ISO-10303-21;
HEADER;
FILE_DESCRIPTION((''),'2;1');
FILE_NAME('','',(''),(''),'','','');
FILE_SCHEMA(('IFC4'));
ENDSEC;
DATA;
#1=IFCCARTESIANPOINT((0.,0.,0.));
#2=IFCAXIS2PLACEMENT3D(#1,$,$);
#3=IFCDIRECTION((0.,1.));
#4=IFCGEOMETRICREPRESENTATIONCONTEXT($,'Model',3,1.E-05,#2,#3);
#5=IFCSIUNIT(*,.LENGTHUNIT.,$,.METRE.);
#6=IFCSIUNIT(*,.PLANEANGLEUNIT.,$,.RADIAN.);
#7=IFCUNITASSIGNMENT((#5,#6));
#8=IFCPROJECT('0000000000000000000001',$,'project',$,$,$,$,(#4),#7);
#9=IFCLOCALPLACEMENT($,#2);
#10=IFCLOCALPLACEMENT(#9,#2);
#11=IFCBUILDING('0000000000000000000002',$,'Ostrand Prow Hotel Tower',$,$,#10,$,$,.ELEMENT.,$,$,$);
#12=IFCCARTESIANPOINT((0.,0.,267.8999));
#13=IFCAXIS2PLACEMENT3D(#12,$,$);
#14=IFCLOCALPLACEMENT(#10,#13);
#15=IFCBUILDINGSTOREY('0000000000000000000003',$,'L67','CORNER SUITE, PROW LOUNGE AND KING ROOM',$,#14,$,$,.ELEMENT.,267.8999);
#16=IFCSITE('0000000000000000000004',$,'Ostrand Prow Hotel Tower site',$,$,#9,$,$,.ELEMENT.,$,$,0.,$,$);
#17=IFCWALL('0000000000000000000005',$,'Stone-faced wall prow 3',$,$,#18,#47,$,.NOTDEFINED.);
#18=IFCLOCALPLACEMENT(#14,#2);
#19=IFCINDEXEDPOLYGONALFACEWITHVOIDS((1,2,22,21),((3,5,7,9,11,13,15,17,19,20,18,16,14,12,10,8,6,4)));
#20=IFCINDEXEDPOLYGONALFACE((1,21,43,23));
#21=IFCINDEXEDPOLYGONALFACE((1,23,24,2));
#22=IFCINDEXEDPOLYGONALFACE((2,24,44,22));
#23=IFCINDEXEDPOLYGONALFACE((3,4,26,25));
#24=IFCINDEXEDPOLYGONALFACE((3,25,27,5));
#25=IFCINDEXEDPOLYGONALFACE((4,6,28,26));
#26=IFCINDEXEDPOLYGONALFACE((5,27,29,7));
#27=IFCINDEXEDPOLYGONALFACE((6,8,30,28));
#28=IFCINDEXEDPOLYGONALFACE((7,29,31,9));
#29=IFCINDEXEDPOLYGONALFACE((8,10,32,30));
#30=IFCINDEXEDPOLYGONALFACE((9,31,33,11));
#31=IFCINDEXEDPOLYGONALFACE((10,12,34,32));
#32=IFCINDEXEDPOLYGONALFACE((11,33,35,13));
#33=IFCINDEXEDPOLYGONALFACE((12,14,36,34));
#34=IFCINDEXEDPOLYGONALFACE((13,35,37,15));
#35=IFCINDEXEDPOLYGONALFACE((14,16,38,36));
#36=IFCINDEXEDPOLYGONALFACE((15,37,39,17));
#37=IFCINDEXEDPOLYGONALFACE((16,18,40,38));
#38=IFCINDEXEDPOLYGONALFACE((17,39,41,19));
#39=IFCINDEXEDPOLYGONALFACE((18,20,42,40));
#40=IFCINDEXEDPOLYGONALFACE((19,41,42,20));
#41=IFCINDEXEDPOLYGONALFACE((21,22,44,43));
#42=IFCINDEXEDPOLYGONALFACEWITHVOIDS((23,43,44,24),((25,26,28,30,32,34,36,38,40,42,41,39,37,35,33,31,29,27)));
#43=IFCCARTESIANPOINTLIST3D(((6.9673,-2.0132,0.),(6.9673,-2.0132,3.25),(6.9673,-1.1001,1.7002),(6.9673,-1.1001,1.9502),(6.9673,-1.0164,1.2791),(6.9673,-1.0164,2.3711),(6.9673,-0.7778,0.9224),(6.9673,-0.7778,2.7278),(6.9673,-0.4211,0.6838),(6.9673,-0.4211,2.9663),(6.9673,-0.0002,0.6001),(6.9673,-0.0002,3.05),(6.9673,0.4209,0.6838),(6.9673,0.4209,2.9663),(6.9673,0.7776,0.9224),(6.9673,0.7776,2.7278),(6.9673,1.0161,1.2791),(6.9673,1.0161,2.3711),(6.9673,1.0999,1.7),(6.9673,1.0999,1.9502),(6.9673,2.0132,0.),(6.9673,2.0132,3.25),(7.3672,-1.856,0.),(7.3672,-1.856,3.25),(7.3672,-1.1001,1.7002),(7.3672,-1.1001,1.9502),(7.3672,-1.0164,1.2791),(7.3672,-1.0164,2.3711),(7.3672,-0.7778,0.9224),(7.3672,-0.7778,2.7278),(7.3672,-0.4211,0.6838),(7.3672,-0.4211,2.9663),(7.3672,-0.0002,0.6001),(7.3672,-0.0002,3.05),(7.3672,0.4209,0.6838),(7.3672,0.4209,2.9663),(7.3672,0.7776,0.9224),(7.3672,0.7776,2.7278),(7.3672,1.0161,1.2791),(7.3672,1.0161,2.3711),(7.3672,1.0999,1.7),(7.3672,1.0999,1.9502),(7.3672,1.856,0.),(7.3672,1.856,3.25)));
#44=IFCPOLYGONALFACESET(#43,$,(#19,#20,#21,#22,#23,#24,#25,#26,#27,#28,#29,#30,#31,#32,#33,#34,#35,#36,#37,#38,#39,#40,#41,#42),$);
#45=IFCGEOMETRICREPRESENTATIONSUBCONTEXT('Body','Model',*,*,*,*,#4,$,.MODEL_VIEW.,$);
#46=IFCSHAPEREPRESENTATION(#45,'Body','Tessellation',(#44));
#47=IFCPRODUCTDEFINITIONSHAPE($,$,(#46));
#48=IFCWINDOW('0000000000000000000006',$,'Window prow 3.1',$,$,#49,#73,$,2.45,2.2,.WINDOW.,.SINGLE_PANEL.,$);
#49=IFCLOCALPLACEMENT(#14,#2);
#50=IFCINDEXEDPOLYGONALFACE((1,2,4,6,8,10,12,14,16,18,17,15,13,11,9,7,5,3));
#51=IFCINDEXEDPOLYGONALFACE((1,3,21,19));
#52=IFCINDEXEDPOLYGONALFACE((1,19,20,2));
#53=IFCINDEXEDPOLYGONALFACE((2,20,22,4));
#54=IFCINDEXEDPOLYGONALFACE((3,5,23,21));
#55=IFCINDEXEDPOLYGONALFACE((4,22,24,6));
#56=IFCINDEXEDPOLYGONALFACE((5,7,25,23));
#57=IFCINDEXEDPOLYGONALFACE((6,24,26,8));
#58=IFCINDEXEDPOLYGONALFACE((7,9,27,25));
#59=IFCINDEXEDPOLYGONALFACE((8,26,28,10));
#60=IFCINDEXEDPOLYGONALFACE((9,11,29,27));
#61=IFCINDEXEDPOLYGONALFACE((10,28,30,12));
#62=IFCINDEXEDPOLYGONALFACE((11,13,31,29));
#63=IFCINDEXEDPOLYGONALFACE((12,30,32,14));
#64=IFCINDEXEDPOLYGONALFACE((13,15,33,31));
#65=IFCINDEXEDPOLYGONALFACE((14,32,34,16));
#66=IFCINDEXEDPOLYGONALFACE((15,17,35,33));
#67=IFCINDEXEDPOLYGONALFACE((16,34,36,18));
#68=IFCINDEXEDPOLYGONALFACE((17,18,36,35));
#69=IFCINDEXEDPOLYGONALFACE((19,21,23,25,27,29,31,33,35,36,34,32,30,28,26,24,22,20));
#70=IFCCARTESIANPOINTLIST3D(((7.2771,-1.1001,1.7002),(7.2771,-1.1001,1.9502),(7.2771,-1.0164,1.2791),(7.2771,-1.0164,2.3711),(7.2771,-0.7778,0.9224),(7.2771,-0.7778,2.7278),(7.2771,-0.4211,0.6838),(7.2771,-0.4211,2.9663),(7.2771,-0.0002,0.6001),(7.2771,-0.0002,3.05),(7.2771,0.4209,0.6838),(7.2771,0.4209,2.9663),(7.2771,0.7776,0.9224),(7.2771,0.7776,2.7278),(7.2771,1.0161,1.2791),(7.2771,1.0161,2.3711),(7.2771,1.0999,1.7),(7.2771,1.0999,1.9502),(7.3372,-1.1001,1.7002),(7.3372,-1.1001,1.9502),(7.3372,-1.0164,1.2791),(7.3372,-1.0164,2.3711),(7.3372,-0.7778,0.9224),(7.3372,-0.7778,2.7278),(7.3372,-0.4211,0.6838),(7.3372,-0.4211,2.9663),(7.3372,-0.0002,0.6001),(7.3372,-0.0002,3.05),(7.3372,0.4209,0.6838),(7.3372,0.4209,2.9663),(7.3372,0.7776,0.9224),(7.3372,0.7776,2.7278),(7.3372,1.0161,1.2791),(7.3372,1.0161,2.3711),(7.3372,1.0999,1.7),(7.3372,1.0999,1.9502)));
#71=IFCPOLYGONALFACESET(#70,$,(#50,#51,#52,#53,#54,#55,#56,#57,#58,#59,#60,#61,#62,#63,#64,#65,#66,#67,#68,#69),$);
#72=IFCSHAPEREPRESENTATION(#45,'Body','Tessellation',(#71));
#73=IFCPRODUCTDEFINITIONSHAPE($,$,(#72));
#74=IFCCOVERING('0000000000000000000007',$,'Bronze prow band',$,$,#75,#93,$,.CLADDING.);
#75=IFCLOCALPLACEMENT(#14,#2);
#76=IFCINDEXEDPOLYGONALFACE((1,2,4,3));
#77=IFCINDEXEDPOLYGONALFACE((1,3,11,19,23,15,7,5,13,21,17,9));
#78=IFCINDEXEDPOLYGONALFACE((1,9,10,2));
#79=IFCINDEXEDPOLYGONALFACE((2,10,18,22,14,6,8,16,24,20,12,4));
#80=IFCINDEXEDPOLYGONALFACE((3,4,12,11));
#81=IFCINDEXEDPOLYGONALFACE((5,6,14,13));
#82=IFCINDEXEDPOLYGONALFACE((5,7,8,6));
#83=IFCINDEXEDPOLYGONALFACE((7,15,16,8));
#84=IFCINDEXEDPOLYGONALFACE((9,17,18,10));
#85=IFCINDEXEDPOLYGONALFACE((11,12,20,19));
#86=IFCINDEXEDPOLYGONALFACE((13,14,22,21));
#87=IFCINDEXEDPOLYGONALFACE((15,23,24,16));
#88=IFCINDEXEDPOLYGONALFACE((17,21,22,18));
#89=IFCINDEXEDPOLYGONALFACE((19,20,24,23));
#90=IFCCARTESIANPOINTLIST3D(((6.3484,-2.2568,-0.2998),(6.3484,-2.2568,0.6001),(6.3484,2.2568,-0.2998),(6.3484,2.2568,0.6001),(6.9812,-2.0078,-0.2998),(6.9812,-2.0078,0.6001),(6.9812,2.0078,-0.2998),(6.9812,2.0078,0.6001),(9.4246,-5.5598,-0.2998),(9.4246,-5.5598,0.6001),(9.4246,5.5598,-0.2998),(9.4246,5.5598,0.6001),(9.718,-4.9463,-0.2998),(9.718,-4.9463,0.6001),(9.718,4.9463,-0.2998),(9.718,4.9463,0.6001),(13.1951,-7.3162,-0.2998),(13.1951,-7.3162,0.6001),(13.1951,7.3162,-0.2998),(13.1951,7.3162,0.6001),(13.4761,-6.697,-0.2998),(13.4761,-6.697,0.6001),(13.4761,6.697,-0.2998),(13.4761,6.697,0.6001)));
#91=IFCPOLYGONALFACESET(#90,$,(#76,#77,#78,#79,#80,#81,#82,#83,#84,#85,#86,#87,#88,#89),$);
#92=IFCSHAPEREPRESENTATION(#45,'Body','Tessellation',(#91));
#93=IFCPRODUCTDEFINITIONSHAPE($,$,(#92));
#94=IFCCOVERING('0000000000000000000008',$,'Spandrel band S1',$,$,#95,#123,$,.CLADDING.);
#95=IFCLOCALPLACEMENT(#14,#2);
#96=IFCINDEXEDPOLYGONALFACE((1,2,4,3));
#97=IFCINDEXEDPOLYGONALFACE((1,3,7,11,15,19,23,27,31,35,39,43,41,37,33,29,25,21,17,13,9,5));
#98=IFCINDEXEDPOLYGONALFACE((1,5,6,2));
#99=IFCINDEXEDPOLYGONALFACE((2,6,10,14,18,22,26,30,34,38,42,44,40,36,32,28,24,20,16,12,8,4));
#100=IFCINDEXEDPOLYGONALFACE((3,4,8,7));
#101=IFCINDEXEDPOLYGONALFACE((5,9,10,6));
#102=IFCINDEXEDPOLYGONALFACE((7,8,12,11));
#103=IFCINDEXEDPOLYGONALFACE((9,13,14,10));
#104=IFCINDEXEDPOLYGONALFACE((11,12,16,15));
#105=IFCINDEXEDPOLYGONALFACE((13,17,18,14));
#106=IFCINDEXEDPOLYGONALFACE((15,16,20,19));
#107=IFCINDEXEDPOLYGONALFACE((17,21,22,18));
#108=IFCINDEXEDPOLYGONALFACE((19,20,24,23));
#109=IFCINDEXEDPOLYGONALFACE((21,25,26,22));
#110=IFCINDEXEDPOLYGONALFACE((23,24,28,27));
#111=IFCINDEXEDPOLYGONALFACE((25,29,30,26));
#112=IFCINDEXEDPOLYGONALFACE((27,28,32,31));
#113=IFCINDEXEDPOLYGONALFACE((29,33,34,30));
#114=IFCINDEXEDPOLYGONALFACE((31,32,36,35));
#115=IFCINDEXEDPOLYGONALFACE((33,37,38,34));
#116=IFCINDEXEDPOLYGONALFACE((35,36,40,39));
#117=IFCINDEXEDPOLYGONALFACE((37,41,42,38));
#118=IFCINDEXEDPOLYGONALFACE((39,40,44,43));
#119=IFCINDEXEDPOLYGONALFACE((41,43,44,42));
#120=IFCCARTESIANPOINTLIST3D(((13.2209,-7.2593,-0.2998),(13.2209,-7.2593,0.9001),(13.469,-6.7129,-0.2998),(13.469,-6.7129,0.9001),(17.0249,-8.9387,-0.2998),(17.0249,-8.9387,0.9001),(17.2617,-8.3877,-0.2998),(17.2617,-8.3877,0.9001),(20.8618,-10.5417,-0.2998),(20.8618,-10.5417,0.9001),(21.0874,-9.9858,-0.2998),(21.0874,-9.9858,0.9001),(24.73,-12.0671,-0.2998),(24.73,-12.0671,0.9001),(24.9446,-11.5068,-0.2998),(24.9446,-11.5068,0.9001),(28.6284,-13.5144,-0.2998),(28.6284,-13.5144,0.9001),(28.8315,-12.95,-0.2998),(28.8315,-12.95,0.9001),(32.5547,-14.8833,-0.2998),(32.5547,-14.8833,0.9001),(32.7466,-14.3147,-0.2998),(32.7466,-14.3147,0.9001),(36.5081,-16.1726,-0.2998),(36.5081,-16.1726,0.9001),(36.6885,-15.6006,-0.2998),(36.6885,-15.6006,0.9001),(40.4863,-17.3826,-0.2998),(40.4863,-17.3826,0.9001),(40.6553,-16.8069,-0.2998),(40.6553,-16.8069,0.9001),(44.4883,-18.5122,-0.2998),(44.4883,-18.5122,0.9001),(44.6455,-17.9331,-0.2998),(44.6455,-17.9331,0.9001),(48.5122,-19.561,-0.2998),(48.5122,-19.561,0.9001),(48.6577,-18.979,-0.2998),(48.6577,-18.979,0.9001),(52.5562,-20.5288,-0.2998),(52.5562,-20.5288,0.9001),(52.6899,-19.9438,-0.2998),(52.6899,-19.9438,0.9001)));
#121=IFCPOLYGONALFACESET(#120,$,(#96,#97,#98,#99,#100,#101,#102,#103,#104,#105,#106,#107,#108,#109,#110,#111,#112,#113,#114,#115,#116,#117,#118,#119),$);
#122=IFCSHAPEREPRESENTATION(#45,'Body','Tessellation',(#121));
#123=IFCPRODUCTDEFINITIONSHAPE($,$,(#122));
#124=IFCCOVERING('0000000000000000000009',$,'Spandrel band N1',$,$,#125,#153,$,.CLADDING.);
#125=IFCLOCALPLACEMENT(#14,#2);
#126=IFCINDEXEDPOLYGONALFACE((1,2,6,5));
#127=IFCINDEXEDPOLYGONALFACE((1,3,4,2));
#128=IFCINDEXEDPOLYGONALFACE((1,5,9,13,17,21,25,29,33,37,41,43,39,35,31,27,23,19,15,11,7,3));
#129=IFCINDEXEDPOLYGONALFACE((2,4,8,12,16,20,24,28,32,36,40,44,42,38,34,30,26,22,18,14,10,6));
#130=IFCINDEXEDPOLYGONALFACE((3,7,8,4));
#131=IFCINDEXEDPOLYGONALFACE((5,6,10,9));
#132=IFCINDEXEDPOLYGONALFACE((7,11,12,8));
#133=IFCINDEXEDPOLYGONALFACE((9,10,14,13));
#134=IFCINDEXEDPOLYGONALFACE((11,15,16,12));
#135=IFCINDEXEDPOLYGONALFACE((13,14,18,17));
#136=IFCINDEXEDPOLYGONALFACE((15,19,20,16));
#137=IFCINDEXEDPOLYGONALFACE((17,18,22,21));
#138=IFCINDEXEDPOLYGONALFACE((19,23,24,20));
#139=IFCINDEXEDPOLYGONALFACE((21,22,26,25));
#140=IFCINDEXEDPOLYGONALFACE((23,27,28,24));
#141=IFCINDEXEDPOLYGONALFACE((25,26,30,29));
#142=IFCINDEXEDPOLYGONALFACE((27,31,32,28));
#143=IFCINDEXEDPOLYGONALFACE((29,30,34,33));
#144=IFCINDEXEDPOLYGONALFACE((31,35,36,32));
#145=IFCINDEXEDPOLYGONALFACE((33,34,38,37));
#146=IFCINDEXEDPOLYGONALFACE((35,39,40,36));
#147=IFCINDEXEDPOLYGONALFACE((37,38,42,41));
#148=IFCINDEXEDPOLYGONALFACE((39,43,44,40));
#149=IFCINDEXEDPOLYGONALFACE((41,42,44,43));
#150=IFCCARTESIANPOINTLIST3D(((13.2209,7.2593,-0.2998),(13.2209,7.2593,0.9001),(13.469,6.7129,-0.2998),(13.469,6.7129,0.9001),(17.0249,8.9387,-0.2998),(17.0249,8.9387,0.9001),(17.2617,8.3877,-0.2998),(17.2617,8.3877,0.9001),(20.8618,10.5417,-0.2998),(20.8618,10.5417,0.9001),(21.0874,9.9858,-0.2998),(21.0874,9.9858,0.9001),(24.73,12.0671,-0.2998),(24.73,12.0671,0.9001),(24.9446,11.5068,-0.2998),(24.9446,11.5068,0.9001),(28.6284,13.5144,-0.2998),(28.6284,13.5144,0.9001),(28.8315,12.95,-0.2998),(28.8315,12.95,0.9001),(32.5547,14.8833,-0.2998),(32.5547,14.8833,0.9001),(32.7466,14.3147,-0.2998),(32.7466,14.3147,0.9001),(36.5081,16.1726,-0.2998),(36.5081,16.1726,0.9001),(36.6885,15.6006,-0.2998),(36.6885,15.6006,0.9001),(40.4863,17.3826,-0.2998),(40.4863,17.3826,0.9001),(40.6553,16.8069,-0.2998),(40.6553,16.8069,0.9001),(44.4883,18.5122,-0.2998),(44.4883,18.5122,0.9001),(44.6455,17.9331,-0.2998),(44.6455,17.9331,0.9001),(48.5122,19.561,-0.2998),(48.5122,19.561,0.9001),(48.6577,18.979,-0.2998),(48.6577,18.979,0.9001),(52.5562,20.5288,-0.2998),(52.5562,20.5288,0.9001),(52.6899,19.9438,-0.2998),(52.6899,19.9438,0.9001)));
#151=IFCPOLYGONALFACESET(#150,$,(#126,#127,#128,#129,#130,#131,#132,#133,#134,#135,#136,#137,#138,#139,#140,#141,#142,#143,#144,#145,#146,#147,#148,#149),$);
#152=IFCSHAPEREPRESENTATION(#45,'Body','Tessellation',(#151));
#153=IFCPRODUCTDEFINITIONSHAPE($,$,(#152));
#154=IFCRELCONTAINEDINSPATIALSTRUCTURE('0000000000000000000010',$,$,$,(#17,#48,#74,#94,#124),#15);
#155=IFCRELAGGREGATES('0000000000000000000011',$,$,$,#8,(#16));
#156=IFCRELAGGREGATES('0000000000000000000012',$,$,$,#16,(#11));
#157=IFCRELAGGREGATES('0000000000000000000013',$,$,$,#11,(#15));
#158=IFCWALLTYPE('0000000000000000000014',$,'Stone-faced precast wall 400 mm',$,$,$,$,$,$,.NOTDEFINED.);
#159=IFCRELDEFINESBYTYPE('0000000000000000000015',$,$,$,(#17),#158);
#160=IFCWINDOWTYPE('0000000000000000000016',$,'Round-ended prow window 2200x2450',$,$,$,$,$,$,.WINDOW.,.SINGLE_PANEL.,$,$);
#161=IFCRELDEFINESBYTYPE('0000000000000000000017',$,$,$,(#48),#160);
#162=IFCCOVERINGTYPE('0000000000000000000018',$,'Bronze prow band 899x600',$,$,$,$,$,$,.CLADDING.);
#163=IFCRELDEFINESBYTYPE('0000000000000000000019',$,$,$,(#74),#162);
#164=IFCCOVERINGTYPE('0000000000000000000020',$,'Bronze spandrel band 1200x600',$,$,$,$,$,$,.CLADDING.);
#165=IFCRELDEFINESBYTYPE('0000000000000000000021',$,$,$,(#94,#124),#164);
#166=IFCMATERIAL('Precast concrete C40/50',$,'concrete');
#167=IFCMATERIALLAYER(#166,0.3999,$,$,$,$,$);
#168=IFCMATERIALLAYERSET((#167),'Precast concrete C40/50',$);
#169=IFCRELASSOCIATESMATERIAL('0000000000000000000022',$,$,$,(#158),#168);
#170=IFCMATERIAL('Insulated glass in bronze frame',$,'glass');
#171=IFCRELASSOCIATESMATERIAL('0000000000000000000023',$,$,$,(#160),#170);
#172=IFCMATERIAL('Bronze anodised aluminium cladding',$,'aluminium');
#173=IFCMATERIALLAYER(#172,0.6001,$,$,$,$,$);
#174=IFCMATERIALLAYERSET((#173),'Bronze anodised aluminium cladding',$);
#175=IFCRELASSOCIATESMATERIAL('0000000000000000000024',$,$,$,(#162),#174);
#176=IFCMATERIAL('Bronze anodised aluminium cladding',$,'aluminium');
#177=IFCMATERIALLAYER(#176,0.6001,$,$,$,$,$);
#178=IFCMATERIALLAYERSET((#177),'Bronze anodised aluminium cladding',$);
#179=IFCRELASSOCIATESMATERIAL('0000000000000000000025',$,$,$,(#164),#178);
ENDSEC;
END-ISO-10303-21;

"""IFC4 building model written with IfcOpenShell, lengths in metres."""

from ifc_helpers import new_model, si_unit, direction, frame, origin, place, context, subcontext, project, spatial, polyline, outline, extrude, material, layer, layer_set, type_object, element, fill, save


model = new_model("IFC4")

# Units and contexts
model_context = context("Model", 3, precision=1e-05, world=origin(), true_north=direction((0.0, 1.0)))
body_context = subcontext(model_context, "Body", "Model", "MODEL_VIEW")
ifc_project = project(units=[si_unit("LENGTHUNIT", "METRE"), si_unit("PLANEANGLEUNIT", "RADIAN")], contexts=[model_context])

# Site, building, storey
site_placement = place(None, origin())
site = spatial("IfcSite", under=ifc_project, at=site_placement, Name="Ostrand Prow Hotel Tower site", CompositionType="ELEMENT", RefElevation=0.0)
building_placement = place(site_placement, origin())
building = spatial("IfcBuilding", under=site, at=building_placement, Name="Ostrand Prow Hotel Tower", CompositionType="ELEMENT")
storey_placement = place(building_placement, frame((0.0, 0.0, 267.8999)))
storey = spatial("IfcBuildingStorey", under=building, at=storey_placement, Name="L67", Description="CORNER SUITE, PROW LOUNGE AND KING ROOM", CompositionType="ELEMENT", Elevation=267.8999)

# Wall, opening, window
ifc_material_1 = material(Name="Precast concrete C40/50", Category="concrete")
ifc_layer_1 = layer(ifc_material_1, 0.3999)
ifc_layer_set_1 = layer_set([ifc_layer_1], Name="Precast concrete C40/50")
wall_type = type_object("IfcWallType", Name="Stone-faced precast wall 400 mm", PredefinedType="NOTDEFINED", material=ifc_layer_set_1)
wall_placement = place(storey_placement, frame((7.1672, 1.9346, 0.0), z_axis=(0.0, 0.0, 1.0), x_axis=(0.0, -1.0, 0.0)))
wall = element("IfcWall", 1, at=wall_placement, inside=storey, type_object=wall_type, Name="Stone-faced wall prow 3", PredefinedType="NOTDEFINED", context=body_context, shape_type="SweptSolid", body=[
    extrude(outline(polyline([(-0.0786, -0.2), (3.9478, -0.2), (3.7905, 0.2), (0.0786, 0.2), (-0.0786, -0.2)])), origin(), (0.0, 0.0, 1.0), 3.25),
])
opening_1_placement = place(wall_placement, frame((0.8347, 0.0, 0.6001)))
opening_1 = element("IfcOpeningElement", 2, at=opening_1_placement, cuts=wall, PredefinedType="OPENING", context=body_context, shape_type="SweptSolid", body=[
    extrude(outline(polyline([(0.0, 1.3501), (0.0837, 1.771), (0.3223, 2.1277), (0.679, 2.3662), (1.1001, 2.45), (1.521, 2.3662), (1.8777, 2.1277), (2.1162, 1.771), (2.2, 1.3501), (2.2, 1.1001), (2.1162, 0.679), (1.8777, 0.3223), (1.521, 0.0837), (1.1001, 0.0), (0.679, 0.0837), (0.3223, 0.3223), (0.0837, 0.679), (0.0, 1.0999), (0.0, 1.3501)])), frame((0.0, 0.21, 0.0), z_axis=(0.0, -1.0, 0.0), x_axis=(1.0, 0.0, 0.0)), (0.0, 0.0, 1.0), 0.4199),
])
ifc_material_2 = material(Name="Insulated glass in bronze frame", Category="glass")
window_type = type_object("IfcWindowType", Name="Round-ended prow window 2200x2450", PartitioningType="SINGLE_PANEL", PredefinedType="WINDOW", material=ifc_material_2)
window_placement = place(opening_1_placement, origin())
window = element("IfcWindow", 3, at=window_placement, inside=storey, type_object=window_type, Name="Window prow 3.1", OverallHeight=2.45, OverallWidth=2.2, PartitioningType="SINGLE_PANEL", PredefinedType="WINDOW", context=body_context, shape_type="SweptSolid", body=[
    extrude(outline(polyline([(0.0, 1.3501), (0.0837, 1.771), (0.3223, 2.1277), (0.679, 2.3662), (1.1001, 2.45), (1.521, 2.3662), (1.8777, 2.1277), (2.1162, 1.771), (2.2, 1.3501), (2.2, 1.1001), (2.1162, 0.679), (1.8777, 0.3223), (1.521, 0.0837), (1.1001, 0.0), (0.679, 0.0837), (0.3223, 0.3223), (0.0837, 0.679), (0.0, 1.0999), (0.0, 1.3501)])), frame((0.0, 0.1699, 0.0), z_axis=(0.0, -1.0, 0.0), x_axis=(1.0, 0.0, 0.0)), (0.0, 0.0, 1.0), 0.0601),
])
fill(opening_1, window)

# Coverings
ifc_material_3 = material(Name="Bronze anodised aluminium cladding", Category="aluminium")
ifc_layer_2 = layer(ifc_material_3, 0.6001)
ifc_layer_set_2 = layer_set([ifc_layer_2], Name="Bronze anodised aluminium cladding")
covering_type_1 = type_object("IfcCoveringType", Name="Bronze prow band 899x600", PredefinedType="CLADDING", material=ifc_layer_set_2)
covering_1_placement = place(storey_placement, frame((0.0, 0.0, -0.2998)))
element("IfcCovering", 4, at=covering_1_placement, inside=storey, type_object=covering_type_1, Name="Bronze prow band", PredefinedType="CLADDING", context=body_context, shape_type="SweptSolid", body=[
    extrude(outline(polyline([(13.1951, 7.3162), (9.4246, 5.5598), (6.3484, 2.2568), (6.3484, -2.2568), (9.4246, -5.5598), (13.1951, -7.3162), (13.4761, -6.697), (9.718, -4.9463), (6.9812, -2.0078), (6.9812, 2.0078), (9.718, 4.9463), (13.4761, 6.697), (13.1951, 7.3162)])), origin(), (0.0, 0.0, 1.0), 0.8999),
])
ifc_material_4 = material(Name="Bronze anodised aluminium cladding", Category="aluminium")
ifc_layer_3 = layer(ifc_material_4, 0.6001)
ifc_layer_set_3 = layer_set([ifc_layer_3], Name="Bronze anodised aluminium cladding")
covering_type_2 = type_object("IfcCoveringType", Name="Bronze spandrel band 1200x600", PredefinedType="CLADDING", material=ifc_layer_set_3)
covering_2_placement = place(storey_placement, frame((0.0, 0.0, -0.2998)))
element("IfcCovering", 5, at=covering_2_placement, inside=storey, type_object=covering_type_2, Name="Spandrel band S1", PredefinedType="CLADDING", context=body_context, shape_type="SweptSolid", body=[
    extrude(outline(polyline([(13.2209, -7.2593), (17.0249, -8.9387), (20.8618, -10.5417), (24.73, -12.0671), (28.6284, -13.5144), (32.5547, -14.8833), (36.5081, -16.1726), (40.4863, -17.3826), (44.4883, -18.5122), (48.5122, -19.561), (52.5562, -20.5288), (52.6899, -19.9438), (48.6577, -18.979), (44.6455, -17.9331), (40.6553, -16.8069), (36.6885, -15.6006), (32.7466, -14.3147), (28.8315, -12.95), (24.9446, -11.5068), (21.0874, -9.9858), (17.2617, -8.3877), (13.469, -6.7129), (13.2209, -7.2593)])), origin(), (0.0, 0.0, 1.0), 1.2),
])
covering_3_placement = place(storey_placement, frame((0.0, 0.0, -0.2998)))
element("IfcCovering", 6, at=covering_3_placement, inside=storey, type_object=covering_type_2, Name="Spandrel band N1", PredefinedType="CLADDING", context=body_context, shape_type="SweptSolid", body=[
    extrude(outline(polyline([(52.5562, 20.5288), (48.5122, 19.561), (44.4883, 18.5122), (40.4863, 17.3826), (36.5081, 16.1726), (32.5547, 14.8833), (28.6284, 13.5144), (24.73, 12.0671), (20.8618, 10.5417), (17.0249, 8.9387), (13.2209, 7.2593), (13.469, 6.7129), (17.2617, 8.3877), (21.0874, 9.9858), (24.9446, 11.5068), (28.8315, 12.95), (32.7466, 14.3147), (36.6885, 15.6006), (40.6553, 16.8069), (44.6455, 17.9331), (48.6577, 18.979), (52.6899, 19.9438), (52.5562, 20.5288)])), origin(), (0.0, 0.0, 1.0), 1.2),
])

save(model, "model.ifc")
